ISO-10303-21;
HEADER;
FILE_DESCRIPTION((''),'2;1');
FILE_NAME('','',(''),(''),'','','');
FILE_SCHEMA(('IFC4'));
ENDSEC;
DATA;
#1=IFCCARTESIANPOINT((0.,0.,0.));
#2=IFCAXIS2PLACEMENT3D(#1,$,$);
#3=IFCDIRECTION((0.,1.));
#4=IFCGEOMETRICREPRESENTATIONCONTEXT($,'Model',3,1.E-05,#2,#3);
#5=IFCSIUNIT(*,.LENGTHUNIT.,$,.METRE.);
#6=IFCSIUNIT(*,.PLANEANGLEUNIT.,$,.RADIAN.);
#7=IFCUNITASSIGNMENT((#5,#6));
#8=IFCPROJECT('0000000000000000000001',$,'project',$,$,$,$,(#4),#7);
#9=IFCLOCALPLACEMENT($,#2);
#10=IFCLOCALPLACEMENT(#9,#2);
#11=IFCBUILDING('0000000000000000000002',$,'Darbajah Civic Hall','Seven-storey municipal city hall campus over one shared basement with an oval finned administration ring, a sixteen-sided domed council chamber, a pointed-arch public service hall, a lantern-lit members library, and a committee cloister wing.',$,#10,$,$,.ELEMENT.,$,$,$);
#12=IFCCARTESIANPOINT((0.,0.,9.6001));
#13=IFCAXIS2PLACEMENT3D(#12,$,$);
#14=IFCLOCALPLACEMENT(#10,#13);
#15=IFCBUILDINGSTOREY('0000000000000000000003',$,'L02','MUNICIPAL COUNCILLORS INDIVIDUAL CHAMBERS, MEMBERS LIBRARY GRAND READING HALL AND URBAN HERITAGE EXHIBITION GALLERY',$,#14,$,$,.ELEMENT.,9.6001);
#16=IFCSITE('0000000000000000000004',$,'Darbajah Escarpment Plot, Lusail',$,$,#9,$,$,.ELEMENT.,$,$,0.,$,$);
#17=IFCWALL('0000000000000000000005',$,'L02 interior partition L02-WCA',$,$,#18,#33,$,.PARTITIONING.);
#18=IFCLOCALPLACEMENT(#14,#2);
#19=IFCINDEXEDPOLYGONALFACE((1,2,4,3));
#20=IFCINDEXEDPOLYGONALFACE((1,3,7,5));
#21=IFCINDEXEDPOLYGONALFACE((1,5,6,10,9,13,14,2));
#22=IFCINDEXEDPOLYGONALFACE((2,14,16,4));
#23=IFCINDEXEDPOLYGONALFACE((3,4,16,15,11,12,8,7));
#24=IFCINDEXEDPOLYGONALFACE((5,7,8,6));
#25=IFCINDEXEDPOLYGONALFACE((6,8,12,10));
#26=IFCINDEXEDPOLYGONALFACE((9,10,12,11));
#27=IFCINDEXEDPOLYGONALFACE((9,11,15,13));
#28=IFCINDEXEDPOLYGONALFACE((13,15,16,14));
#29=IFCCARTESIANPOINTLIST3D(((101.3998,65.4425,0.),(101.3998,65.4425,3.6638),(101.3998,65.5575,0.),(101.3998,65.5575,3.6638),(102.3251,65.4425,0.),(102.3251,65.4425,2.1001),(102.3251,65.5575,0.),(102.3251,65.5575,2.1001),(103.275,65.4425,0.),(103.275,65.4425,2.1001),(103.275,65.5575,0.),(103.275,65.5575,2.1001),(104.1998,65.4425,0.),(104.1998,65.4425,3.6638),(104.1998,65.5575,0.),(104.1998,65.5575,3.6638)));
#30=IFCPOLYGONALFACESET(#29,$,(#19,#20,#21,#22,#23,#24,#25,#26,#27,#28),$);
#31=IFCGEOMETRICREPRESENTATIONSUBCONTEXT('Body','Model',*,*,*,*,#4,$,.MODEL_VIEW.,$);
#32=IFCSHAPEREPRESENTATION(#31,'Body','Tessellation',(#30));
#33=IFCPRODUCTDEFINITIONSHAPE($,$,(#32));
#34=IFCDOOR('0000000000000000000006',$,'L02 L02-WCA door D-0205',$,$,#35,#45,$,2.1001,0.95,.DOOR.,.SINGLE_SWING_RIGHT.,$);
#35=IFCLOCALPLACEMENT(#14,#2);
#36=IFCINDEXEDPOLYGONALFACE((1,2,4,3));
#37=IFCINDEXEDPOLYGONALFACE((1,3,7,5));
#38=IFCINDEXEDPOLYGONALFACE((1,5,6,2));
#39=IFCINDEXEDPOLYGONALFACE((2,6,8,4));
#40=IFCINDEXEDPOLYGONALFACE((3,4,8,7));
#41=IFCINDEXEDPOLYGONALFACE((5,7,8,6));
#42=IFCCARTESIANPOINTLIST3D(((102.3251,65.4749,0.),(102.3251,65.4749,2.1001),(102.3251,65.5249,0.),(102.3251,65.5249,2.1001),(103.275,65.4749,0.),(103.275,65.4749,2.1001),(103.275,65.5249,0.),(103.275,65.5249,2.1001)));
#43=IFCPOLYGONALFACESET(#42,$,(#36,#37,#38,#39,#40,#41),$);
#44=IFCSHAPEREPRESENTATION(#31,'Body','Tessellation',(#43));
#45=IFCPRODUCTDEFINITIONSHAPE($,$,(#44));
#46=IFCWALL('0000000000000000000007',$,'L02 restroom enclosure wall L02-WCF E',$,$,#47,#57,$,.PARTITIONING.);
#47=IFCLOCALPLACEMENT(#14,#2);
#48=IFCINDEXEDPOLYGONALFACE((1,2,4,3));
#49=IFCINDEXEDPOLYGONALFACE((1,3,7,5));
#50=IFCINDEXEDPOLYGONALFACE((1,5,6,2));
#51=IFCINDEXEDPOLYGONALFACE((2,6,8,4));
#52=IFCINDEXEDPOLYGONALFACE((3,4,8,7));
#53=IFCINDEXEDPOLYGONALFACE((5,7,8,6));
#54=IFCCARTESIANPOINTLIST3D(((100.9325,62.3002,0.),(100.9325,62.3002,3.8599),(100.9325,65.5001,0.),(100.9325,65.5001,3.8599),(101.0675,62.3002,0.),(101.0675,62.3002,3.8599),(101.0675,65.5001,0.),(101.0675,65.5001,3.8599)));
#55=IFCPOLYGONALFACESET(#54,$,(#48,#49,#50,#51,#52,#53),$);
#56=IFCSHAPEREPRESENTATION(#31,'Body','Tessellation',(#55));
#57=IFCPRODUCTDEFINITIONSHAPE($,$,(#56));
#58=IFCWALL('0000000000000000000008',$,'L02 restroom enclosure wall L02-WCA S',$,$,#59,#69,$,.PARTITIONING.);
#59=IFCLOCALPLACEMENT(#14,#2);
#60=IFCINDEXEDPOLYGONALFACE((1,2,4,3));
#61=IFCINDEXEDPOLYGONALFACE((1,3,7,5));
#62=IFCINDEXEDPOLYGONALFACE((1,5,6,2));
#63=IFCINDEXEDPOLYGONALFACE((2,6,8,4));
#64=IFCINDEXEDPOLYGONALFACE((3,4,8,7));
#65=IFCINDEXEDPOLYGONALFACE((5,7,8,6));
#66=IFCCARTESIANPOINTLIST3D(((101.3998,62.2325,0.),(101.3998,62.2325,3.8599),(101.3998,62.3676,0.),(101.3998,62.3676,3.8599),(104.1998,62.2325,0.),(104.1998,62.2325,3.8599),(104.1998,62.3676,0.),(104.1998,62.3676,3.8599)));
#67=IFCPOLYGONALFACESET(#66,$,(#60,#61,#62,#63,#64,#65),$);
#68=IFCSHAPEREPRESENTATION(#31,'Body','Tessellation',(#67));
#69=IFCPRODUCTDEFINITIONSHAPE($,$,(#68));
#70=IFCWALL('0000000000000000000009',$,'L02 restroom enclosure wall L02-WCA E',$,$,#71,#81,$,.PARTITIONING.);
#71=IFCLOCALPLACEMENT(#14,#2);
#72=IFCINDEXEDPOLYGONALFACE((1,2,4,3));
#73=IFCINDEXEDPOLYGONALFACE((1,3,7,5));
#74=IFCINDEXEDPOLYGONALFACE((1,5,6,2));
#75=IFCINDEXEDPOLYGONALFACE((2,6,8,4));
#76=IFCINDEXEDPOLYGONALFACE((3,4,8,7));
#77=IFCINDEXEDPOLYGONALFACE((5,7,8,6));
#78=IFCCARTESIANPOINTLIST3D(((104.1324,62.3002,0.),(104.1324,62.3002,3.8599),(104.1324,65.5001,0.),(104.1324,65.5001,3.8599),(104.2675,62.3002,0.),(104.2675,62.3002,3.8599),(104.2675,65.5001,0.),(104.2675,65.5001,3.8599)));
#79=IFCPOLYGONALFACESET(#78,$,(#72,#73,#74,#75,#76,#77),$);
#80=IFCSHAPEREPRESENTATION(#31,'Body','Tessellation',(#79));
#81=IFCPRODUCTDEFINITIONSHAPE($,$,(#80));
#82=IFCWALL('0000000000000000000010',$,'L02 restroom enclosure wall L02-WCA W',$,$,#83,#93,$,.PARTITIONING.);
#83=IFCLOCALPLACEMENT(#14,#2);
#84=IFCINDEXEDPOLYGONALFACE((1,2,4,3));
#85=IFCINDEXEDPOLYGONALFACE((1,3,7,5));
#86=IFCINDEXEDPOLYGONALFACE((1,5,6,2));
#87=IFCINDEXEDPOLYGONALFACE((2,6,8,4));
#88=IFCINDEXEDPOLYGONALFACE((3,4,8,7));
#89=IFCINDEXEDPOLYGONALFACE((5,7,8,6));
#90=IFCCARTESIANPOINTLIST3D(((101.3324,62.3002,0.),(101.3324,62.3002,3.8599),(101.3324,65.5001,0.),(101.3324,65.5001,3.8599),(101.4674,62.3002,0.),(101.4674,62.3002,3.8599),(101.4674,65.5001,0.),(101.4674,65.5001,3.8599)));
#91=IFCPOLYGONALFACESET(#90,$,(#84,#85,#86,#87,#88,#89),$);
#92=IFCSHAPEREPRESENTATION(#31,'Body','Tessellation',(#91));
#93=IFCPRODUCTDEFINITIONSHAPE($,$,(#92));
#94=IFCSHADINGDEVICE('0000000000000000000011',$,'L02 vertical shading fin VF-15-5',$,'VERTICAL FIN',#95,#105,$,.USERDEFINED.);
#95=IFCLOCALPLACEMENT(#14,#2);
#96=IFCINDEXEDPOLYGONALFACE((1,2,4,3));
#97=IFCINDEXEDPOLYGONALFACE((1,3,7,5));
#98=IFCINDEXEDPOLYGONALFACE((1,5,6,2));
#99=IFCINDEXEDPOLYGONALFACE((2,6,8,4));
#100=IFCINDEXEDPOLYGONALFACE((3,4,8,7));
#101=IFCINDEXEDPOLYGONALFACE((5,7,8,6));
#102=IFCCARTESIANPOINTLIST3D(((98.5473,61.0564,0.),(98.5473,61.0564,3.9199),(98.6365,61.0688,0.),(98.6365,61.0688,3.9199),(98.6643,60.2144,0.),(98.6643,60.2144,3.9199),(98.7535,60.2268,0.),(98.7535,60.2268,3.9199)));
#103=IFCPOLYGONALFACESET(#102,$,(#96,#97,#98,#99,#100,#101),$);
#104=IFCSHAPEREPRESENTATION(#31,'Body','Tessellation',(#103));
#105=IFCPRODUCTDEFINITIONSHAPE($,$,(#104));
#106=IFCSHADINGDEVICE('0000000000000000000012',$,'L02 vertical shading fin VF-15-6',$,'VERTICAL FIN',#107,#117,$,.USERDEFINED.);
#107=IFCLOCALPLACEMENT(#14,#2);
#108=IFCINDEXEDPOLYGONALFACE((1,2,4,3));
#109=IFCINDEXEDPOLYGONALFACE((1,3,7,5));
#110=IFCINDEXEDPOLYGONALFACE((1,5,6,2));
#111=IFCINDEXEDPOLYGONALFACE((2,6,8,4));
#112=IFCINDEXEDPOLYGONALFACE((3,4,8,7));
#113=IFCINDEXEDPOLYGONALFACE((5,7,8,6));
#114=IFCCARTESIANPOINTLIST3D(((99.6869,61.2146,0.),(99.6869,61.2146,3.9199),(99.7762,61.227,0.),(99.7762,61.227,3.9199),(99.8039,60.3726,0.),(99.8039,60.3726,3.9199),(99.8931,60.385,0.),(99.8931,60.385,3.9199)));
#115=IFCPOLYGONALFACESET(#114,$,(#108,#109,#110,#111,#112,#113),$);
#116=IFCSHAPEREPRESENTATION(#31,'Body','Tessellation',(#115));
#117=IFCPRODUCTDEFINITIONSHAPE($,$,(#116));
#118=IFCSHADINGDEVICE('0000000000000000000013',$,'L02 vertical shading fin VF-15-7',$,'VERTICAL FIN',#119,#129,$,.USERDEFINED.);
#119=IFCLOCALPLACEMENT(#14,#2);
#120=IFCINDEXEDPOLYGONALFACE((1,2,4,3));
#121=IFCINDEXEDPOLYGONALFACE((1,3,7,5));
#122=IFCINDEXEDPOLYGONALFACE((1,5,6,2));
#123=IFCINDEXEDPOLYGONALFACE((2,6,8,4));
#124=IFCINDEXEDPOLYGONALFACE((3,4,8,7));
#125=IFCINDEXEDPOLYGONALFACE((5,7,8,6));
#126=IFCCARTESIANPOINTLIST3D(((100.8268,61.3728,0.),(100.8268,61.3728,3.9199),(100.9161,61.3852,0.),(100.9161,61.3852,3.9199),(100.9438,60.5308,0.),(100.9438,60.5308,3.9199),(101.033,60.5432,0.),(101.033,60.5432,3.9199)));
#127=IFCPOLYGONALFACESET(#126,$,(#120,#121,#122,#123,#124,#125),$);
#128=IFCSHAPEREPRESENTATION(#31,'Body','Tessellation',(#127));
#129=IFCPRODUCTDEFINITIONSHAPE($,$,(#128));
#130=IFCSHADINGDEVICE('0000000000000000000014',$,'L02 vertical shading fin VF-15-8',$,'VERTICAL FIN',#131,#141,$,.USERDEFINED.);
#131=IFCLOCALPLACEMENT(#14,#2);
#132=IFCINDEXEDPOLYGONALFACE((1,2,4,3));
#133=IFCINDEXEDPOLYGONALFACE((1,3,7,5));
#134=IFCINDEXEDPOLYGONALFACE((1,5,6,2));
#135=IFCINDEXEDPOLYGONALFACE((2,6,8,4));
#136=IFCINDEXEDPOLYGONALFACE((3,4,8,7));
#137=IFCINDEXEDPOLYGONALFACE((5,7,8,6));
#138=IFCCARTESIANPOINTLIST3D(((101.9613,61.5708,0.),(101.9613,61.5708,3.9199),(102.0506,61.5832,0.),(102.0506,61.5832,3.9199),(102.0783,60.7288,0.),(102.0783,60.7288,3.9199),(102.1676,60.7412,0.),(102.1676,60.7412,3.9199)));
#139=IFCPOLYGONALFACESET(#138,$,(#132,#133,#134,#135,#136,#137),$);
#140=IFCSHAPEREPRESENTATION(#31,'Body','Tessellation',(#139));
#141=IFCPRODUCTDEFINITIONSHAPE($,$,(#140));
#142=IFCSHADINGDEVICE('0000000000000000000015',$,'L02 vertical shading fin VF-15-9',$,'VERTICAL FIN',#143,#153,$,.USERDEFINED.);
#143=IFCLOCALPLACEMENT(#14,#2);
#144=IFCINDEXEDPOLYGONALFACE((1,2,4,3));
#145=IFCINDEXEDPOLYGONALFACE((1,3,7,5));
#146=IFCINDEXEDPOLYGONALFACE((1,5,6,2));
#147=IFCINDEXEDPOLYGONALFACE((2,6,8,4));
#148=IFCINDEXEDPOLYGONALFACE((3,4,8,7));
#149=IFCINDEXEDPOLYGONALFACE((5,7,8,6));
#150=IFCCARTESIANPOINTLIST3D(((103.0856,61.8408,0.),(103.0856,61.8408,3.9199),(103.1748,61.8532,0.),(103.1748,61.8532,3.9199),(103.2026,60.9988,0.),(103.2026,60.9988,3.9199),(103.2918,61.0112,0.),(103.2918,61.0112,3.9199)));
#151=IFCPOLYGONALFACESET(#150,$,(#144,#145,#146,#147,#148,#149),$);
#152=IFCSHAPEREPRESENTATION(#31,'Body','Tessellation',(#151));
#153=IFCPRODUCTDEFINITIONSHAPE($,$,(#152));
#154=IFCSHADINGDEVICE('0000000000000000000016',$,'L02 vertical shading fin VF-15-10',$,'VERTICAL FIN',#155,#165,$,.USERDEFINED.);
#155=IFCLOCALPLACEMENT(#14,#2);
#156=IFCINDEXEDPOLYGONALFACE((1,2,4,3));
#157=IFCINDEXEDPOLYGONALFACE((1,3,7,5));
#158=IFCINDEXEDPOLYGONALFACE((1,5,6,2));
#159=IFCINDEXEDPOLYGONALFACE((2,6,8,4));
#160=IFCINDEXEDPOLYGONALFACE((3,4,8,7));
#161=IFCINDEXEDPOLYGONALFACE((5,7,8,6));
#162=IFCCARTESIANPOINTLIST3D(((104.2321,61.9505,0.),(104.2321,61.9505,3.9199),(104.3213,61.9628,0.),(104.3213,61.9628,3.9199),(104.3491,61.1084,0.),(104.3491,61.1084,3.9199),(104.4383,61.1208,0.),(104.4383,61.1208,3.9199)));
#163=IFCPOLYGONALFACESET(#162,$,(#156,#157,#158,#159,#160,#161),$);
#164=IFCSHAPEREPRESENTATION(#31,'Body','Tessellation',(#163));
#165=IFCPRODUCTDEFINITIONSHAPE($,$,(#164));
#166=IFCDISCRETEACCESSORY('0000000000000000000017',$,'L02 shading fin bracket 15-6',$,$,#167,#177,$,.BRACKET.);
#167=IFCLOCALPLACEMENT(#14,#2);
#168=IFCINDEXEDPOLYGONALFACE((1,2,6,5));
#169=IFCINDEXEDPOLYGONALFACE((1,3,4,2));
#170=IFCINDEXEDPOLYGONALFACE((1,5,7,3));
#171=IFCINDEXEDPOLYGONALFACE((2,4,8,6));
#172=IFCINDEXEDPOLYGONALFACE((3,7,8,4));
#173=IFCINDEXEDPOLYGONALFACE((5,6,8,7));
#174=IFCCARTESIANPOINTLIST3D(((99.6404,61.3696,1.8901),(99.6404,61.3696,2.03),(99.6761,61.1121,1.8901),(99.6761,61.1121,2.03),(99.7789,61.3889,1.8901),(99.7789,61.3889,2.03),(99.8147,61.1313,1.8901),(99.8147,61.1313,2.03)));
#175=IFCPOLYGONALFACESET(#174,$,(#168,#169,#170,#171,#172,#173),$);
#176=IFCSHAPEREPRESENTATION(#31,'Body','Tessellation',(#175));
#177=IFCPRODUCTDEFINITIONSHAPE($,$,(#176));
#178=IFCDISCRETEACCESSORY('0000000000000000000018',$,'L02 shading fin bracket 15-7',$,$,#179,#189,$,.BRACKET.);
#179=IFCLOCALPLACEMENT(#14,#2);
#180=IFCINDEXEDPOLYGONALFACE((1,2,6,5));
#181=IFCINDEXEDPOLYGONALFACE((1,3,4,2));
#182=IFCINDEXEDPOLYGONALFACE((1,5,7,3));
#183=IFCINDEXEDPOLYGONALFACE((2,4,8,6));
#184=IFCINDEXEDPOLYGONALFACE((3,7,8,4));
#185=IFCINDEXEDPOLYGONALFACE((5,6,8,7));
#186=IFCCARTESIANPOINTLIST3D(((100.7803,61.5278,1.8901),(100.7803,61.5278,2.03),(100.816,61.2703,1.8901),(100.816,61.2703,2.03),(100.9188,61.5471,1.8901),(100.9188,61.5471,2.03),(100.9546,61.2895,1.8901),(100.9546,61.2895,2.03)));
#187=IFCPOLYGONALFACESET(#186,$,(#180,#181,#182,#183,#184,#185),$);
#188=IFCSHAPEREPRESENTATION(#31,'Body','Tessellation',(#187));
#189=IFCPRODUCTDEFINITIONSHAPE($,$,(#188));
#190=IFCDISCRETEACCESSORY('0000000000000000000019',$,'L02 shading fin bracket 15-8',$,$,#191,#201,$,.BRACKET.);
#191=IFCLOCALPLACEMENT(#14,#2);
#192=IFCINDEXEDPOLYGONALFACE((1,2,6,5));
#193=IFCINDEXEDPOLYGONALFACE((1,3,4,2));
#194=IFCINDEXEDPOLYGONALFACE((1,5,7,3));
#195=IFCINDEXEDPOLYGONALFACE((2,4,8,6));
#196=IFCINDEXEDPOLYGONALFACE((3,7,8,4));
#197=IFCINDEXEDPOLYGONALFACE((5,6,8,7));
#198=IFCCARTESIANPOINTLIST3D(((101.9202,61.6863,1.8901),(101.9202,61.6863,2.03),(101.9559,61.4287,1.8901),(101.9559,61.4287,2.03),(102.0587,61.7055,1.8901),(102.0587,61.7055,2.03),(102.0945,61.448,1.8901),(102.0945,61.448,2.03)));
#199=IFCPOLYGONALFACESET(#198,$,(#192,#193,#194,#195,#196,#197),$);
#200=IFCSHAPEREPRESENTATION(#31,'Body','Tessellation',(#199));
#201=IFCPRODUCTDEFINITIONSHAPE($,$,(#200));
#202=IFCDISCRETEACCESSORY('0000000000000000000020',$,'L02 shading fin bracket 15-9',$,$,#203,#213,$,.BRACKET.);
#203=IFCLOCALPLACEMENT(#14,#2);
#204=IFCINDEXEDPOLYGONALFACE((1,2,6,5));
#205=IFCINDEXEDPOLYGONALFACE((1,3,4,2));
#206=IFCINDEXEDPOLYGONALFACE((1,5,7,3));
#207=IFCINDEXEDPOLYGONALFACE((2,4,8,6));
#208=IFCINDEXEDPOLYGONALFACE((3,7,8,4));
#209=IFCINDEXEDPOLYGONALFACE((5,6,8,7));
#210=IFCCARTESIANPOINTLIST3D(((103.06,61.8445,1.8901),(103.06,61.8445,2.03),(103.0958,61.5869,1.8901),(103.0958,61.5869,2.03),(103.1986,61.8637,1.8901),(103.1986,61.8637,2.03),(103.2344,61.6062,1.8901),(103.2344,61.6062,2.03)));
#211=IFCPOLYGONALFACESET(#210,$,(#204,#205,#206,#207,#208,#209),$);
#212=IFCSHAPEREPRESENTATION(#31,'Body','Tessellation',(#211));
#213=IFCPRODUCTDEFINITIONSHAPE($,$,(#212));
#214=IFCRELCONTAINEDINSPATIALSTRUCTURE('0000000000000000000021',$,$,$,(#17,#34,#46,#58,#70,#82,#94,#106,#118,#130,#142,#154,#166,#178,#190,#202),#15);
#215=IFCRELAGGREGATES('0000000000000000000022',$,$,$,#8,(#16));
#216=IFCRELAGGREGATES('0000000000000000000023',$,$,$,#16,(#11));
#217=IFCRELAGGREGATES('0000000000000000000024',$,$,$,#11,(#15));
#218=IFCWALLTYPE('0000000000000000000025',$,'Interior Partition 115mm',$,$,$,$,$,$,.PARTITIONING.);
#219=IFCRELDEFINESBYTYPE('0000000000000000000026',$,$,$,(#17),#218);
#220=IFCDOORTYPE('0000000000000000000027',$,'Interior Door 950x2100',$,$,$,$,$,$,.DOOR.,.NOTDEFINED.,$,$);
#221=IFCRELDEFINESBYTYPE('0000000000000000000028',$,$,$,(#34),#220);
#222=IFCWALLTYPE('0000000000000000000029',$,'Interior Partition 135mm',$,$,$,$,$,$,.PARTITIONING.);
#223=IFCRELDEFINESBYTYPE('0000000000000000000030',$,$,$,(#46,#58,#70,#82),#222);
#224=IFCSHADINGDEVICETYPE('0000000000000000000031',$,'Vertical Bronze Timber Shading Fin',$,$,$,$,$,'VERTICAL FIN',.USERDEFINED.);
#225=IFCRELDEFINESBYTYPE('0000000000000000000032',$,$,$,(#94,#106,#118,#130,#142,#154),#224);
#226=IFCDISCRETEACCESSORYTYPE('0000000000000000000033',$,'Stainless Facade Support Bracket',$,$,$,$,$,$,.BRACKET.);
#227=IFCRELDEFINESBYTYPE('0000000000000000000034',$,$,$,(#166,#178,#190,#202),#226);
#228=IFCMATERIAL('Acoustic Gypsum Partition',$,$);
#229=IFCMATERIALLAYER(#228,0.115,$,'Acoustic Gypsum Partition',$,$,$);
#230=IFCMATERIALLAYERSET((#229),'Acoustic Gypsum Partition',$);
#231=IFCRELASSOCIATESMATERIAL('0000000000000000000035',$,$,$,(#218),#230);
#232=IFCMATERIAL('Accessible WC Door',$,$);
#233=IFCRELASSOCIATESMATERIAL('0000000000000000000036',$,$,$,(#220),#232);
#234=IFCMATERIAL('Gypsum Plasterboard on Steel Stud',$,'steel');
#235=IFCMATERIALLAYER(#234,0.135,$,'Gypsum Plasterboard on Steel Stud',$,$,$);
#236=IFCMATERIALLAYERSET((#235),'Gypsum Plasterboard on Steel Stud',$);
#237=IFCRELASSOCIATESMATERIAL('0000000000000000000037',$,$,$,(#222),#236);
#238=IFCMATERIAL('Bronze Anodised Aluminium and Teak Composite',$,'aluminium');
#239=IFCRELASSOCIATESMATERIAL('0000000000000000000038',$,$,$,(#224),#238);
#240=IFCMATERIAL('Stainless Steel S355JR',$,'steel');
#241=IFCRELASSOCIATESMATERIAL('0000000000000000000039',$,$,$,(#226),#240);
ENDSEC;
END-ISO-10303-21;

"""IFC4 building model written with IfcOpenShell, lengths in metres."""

from ifc_helpers import new_model, si_unit, direction, frame, frame_2d, origin, origin_2d, place, context, subcontext, project, spatial, rectangle, extrude, material, layer, layer_set, type_object, element, fill, save


model = new_model("IFC4")

# Units and contexts
model_context = context("Model", 3, precision=1e-05, world=origin(), true_north=direction((0.0, 1.0)))
body_context = subcontext(model_context, "Body", "Model", "MODEL_VIEW")
ifc_project = project(units=[si_unit("LENGTHUNIT", "METRE"), si_unit("PLANEANGLEUNIT", "RADIAN")], contexts=[model_context])

# Site, building, storey
site_placement = place(None, origin())
site = spatial("IfcSite", under=ifc_project, at=site_placement, Name="Darbajah Escarpment Plot, Lusail", CompositionType="ELEMENT", RefElevation=0.0)
building_placement = place(site_placement, origin())
building = spatial("IfcBuilding", under=site, at=building_placement, Name="Darbajah Civic Hall", Description="Seven-storey municipal city hall campus over one shared basement with an oval finned administration ring, a sixteen-sided domed council chamber, a pointed-arch public service hall, a lantern-lit members library, and a committee cloister wing.", CompositionType="ELEMENT")
storey_placement = place(building_placement, frame((0.0, 0.0, 9.6001)))
storey = spatial("IfcBuildingStorey", under=building, at=storey_placement, Name="L02", Description="MUNICIPAL COUNCILLORS INDIVIDUAL CHAMBERS, MEMBERS LIBRARY GRAND READING HALL AND URBAN HERITAGE EXHIBITION GALLERY", CompositionType="ELEMENT", Elevation=9.6001)

# Wall, opening, door
ifc_material_1 = material(Name="Acoustic Gypsum Partition")
ifc_layer_1 = layer(ifc_material_1, 0.115, Name="Acoustic Gypsum Partition")
ifc_layer_set_1 = layer_set([ifc_layer_1], Name="Acoustic Gypsum Partition")
wall_type_1 = type_object("IfcWallType", Name="Interior Partition 115mm", PredefinedType="PARTITIONING", material=ifc_layer_set_1)
wall_1_placement = place(storey_placement, frame((101.3999, 65.5, 0.0), z_axis=(0.0, 0.0, 1.0), x_axis=(1.0, 0.0, 0.0)))
wall_1 = element("IfcWall", 1, at=wall_1_placement, inside=storey, type_object=wall_type_1, Name="L02 interior partition L02-WCA", PredefinedType="PARTITIONING", context=body_context, shape_type="SweptSolid", body=[
    extrude(rectangle(XDim=2.8, YDim=0.115, at=frame_2d((1.3999, 0.0))), origin(), (0.0, 0.0, 1.0), 3.6638),
])
opening_placement = place(wall_1_placement, frame((0.925, 0.0, 0.0)))
opening = element("IfcOpeningElement", 2, at=opening_placement, cuts=wall_1, PredefinedType="OPENING", context=body_context, shape_type="SweptSolid", body=[
    extrude(rectangle(XDim=0.95, YDim=2.1001, at=frame_2d((0.4751, 1.05))), frame((0.0, 0.0674, 0.0), z_axis=(0.0, -1.0, 0.0), x_axis=(1.0, 0.0, 0.0)), (0.0, 0.0, 1.0), 0.135),
])
ifc_material_2 = material(Name="Accessible WC Door")
door_type = type_object("IfcDoorType", Name="Interior Door 950x2100", OperationType="NOTDEFINED", PredefinedType="DOOR", material=ifc_material_2)
door_placement = place(opening_placement, origin())
door = element("IfcDoor", 3, at=door_placement, inside=storey, type_object=door_type, Name="L02 L02-WCA door D-0205", OperationType="SINGLE_SWING_RIGHT", OverallHeight=2.1001, OverallWidth=0.95, PredefinedType="DOOR", context=body_context, shape_type="SweptSolid", body=[
    extrude(rectangle(XDim=0.95, YDim=2.1001, at=frame_2d((0.4751, 1.05))), frame((0.0, 0.0249, 0.0), z_axis=(0.0, -1.0, 0.0), x_axis=(1.0, 0.0, 0.0)), (0.0, 0.0, 1.0), 0.05),
])
fill(opening, door)

# Walls
ifc_material_3 = material(Name="Gypsum Plasterboard on Steel Stud", Category="steel")
ifc_layer_2 = layer(ifc_material_3, 0.135, Name="Gypsum Plasterboard on Steel Stud")
ifc_layer_set_2 = layer_set([ifc_layer_2], Name="Gypsum Plasterboard on Steel Stud")
wall_type_2 = type_object("IfcWallType", Name="Interior Partition 135mm", PredefinedType="PARTITIONING", material=ifc_layer_set_2)
wall_2_placement = place(storey_placement, frame((101.0, 62.3, 0.0), z_axis=(0.0, 0.0, 1.0), x_axis=(0.0, 1.0, 0.0)))
element("IfcWall", 4, at=wall_2_placement, inside=storey, type_object=wall_type_2, Name="L02 restroom enclosure wall L02-WCF E", PredefinedType="PARTITIONING", context=body_context, shape_type="SweptSolid", body=[
    extrude(rectangle(XDim=3.2, YDim=0.135, at=frame_2d((1.6001, 0.0))), origin(), (0.0, 0.0, 1.0), 3.8599),
])
wall_3_placement = place(storey_placement, frame((101.3999, 62.3, 0.0), z_axis=(0.0, 0.0, 1.0), x_axis=(1.0, 0.0, 0.0)))
element("IfcWall", 5, at=wall_3_placement, inside=storey, type_object=wall_type_2, Name="L02 restroom enclosure wall L02-WCA S", PredefinedType="PARTITIONING", context=body_context, shape_type="SweptSolid", body=[
    extrude(rectangle(XDim=2.8, YDim=0.135, at=frame_2d((1.3999, 0.0))), origin(), (0.0, 0.0, 1.0), 3.8599),
])
for number, where, z_axis, x_axis, name in (
    (6, (104.2, 62.3, 0.0), (0.0, 0.0, 1.0), (0.0, 1.0, 0.0), "L02 restroom enclosure wall L02-WCA E"),
    (7, (101.3999, 62.3, 0.0), (0.0, 0.0, 1.0), (0.0, 1.0, 0.0), "L02 restroom enclosure wall L02-WCA W"),
):
    element("IfcWall", number, at=place(storey_placement, frame(where, z_axis=z_axis, x_axis=x_axis)), inside=storey, type_object=wall_type_2, Name=name, PredefinedType="PARTITIONING", context=body_context, shape_type="SweptSolid", body=[
        extrude(rectangle(XDim=3.2, YDim=0.135, at=frame_2d((1.6001, 0.0))), origin(), (0.0, 0.0, 1.0), 3.8599),
    ])

# Shading devices
ifc_material_4 = material(Name="Bronze Anodised Aluminium and Teak Composite", Category="aluminium")
shading_device_type = type_object("IfcShadingDeviceType", Name="Vertical Bronze Timber Shading Fin", ElementType="VERTICAL FIN", PredefinedType="USERDEFINED", material=ifc_material_4)
for number, where, z_axis, x_axis, name in (
    (8, (98.6504, 60.6416, 0.0), (0.0, 0.0, 1.0), (0.137617, -0.990485, 0.0), "L02 vertical shading fin VF-15-5"),
    (9, (99.79, 60.7998, 0.0), (0.0, 0.0, 1.0), (0.137617, -0.990485, 0.0), "L02 vertical shading fin VF-15-6"),
    (10, (100.9299, 60.958, 0.0), (0.0, 0.0, 1.0), (0.137617, -0.990485, 0.0), "L02 vertical shading fin VF-15-7"),
    (11, (102.0645, 61.156, 0.0), (0.0, 0.0, 1.0), (0.137617, -0.990485, 0.0), "L02 vertical shading fin VF-15-8"),
    (12, (103.1887, 61.426, 0.0), (0.0, 0.0, 1.0), (0.137617, -0.990485, 0.0), "L02 vertical shading fin VF-15-9"),
    (13, (104.3352, 61.5356, 0.0), (0.0, 0.0, 1.0), (0.137617, -0.990485, 0.0), "L02 vertical shading fin VF-15-10"),
):
    element("IfcShadingDevice", number, at=place(storey_placement, frame(where, z_axis=z_axis, x_axis=x_axis)), inside=storey, type_object=shading_device_type, Name=name, ObjectType="VERTICAL FIN", PredefinedType="USERDEFINED", context=body_context, shape_type="SweptSolid", body=[
        extrude(rectangle(XDim=0.8501, YDim=0.0901, at=origin_2d()), origin(), (0.0, 0.0, 1.0), 3.9199),
    ])

# Discrete accessories
ifc_material_5 = material(Name="Stainless Steel S355JR", Category="steel")
discrete_accessory_type = type_object("IfcDiscreteAccessoryType", Name="Stainless Facade Support Bracket", PredefinedType="BRACKET", material=ifc_material_5)
for number, where, z_axis, x_axis, name in (
    (14, (99.7275, 61.2505, 1.8901), (0.0, 0.0, 1.0), (0.137617, -0.990485, 0.0), "L02 shading fin bracket 15-6"),
    (15, (100.8674, 61.4087, 1.8901), (0.0, 0.0, 1.0), (0.137617, -0.990485, 0.0), "L02 shading fin bracket 15-7"),
    (16, (102.0073, 61.5671, 1.8901), (0.0, 0.0, 1.0), (0.137617, -0.990485, 0.0), "L02 shading fin bracket 15-8"),
    (17, (103.1472, 61.7253, 1.8901), (0.0, 0.0, 1.0), (0.137617, -0.990485, 0.0), "L02 shading fin bracket 15-9"),
):
    element("IfcDiscreteAccessory", number, at=place(storey_placement, frame(where, z_axis=z_axis, x_axis=x_axis)), inside=storey, type_object=discrete_accessory_type, Name=name, PredefinedType="BRACKET", context=body_context, shape_type="SweptSolid", body=[
        extrude(rectangle(XDim=0.26, YDim=0.1399, at=origin_2d()), origin(), (0.0, 0.0, 1.0), 0.1399),
    ])

save(model, "model.ifc")
